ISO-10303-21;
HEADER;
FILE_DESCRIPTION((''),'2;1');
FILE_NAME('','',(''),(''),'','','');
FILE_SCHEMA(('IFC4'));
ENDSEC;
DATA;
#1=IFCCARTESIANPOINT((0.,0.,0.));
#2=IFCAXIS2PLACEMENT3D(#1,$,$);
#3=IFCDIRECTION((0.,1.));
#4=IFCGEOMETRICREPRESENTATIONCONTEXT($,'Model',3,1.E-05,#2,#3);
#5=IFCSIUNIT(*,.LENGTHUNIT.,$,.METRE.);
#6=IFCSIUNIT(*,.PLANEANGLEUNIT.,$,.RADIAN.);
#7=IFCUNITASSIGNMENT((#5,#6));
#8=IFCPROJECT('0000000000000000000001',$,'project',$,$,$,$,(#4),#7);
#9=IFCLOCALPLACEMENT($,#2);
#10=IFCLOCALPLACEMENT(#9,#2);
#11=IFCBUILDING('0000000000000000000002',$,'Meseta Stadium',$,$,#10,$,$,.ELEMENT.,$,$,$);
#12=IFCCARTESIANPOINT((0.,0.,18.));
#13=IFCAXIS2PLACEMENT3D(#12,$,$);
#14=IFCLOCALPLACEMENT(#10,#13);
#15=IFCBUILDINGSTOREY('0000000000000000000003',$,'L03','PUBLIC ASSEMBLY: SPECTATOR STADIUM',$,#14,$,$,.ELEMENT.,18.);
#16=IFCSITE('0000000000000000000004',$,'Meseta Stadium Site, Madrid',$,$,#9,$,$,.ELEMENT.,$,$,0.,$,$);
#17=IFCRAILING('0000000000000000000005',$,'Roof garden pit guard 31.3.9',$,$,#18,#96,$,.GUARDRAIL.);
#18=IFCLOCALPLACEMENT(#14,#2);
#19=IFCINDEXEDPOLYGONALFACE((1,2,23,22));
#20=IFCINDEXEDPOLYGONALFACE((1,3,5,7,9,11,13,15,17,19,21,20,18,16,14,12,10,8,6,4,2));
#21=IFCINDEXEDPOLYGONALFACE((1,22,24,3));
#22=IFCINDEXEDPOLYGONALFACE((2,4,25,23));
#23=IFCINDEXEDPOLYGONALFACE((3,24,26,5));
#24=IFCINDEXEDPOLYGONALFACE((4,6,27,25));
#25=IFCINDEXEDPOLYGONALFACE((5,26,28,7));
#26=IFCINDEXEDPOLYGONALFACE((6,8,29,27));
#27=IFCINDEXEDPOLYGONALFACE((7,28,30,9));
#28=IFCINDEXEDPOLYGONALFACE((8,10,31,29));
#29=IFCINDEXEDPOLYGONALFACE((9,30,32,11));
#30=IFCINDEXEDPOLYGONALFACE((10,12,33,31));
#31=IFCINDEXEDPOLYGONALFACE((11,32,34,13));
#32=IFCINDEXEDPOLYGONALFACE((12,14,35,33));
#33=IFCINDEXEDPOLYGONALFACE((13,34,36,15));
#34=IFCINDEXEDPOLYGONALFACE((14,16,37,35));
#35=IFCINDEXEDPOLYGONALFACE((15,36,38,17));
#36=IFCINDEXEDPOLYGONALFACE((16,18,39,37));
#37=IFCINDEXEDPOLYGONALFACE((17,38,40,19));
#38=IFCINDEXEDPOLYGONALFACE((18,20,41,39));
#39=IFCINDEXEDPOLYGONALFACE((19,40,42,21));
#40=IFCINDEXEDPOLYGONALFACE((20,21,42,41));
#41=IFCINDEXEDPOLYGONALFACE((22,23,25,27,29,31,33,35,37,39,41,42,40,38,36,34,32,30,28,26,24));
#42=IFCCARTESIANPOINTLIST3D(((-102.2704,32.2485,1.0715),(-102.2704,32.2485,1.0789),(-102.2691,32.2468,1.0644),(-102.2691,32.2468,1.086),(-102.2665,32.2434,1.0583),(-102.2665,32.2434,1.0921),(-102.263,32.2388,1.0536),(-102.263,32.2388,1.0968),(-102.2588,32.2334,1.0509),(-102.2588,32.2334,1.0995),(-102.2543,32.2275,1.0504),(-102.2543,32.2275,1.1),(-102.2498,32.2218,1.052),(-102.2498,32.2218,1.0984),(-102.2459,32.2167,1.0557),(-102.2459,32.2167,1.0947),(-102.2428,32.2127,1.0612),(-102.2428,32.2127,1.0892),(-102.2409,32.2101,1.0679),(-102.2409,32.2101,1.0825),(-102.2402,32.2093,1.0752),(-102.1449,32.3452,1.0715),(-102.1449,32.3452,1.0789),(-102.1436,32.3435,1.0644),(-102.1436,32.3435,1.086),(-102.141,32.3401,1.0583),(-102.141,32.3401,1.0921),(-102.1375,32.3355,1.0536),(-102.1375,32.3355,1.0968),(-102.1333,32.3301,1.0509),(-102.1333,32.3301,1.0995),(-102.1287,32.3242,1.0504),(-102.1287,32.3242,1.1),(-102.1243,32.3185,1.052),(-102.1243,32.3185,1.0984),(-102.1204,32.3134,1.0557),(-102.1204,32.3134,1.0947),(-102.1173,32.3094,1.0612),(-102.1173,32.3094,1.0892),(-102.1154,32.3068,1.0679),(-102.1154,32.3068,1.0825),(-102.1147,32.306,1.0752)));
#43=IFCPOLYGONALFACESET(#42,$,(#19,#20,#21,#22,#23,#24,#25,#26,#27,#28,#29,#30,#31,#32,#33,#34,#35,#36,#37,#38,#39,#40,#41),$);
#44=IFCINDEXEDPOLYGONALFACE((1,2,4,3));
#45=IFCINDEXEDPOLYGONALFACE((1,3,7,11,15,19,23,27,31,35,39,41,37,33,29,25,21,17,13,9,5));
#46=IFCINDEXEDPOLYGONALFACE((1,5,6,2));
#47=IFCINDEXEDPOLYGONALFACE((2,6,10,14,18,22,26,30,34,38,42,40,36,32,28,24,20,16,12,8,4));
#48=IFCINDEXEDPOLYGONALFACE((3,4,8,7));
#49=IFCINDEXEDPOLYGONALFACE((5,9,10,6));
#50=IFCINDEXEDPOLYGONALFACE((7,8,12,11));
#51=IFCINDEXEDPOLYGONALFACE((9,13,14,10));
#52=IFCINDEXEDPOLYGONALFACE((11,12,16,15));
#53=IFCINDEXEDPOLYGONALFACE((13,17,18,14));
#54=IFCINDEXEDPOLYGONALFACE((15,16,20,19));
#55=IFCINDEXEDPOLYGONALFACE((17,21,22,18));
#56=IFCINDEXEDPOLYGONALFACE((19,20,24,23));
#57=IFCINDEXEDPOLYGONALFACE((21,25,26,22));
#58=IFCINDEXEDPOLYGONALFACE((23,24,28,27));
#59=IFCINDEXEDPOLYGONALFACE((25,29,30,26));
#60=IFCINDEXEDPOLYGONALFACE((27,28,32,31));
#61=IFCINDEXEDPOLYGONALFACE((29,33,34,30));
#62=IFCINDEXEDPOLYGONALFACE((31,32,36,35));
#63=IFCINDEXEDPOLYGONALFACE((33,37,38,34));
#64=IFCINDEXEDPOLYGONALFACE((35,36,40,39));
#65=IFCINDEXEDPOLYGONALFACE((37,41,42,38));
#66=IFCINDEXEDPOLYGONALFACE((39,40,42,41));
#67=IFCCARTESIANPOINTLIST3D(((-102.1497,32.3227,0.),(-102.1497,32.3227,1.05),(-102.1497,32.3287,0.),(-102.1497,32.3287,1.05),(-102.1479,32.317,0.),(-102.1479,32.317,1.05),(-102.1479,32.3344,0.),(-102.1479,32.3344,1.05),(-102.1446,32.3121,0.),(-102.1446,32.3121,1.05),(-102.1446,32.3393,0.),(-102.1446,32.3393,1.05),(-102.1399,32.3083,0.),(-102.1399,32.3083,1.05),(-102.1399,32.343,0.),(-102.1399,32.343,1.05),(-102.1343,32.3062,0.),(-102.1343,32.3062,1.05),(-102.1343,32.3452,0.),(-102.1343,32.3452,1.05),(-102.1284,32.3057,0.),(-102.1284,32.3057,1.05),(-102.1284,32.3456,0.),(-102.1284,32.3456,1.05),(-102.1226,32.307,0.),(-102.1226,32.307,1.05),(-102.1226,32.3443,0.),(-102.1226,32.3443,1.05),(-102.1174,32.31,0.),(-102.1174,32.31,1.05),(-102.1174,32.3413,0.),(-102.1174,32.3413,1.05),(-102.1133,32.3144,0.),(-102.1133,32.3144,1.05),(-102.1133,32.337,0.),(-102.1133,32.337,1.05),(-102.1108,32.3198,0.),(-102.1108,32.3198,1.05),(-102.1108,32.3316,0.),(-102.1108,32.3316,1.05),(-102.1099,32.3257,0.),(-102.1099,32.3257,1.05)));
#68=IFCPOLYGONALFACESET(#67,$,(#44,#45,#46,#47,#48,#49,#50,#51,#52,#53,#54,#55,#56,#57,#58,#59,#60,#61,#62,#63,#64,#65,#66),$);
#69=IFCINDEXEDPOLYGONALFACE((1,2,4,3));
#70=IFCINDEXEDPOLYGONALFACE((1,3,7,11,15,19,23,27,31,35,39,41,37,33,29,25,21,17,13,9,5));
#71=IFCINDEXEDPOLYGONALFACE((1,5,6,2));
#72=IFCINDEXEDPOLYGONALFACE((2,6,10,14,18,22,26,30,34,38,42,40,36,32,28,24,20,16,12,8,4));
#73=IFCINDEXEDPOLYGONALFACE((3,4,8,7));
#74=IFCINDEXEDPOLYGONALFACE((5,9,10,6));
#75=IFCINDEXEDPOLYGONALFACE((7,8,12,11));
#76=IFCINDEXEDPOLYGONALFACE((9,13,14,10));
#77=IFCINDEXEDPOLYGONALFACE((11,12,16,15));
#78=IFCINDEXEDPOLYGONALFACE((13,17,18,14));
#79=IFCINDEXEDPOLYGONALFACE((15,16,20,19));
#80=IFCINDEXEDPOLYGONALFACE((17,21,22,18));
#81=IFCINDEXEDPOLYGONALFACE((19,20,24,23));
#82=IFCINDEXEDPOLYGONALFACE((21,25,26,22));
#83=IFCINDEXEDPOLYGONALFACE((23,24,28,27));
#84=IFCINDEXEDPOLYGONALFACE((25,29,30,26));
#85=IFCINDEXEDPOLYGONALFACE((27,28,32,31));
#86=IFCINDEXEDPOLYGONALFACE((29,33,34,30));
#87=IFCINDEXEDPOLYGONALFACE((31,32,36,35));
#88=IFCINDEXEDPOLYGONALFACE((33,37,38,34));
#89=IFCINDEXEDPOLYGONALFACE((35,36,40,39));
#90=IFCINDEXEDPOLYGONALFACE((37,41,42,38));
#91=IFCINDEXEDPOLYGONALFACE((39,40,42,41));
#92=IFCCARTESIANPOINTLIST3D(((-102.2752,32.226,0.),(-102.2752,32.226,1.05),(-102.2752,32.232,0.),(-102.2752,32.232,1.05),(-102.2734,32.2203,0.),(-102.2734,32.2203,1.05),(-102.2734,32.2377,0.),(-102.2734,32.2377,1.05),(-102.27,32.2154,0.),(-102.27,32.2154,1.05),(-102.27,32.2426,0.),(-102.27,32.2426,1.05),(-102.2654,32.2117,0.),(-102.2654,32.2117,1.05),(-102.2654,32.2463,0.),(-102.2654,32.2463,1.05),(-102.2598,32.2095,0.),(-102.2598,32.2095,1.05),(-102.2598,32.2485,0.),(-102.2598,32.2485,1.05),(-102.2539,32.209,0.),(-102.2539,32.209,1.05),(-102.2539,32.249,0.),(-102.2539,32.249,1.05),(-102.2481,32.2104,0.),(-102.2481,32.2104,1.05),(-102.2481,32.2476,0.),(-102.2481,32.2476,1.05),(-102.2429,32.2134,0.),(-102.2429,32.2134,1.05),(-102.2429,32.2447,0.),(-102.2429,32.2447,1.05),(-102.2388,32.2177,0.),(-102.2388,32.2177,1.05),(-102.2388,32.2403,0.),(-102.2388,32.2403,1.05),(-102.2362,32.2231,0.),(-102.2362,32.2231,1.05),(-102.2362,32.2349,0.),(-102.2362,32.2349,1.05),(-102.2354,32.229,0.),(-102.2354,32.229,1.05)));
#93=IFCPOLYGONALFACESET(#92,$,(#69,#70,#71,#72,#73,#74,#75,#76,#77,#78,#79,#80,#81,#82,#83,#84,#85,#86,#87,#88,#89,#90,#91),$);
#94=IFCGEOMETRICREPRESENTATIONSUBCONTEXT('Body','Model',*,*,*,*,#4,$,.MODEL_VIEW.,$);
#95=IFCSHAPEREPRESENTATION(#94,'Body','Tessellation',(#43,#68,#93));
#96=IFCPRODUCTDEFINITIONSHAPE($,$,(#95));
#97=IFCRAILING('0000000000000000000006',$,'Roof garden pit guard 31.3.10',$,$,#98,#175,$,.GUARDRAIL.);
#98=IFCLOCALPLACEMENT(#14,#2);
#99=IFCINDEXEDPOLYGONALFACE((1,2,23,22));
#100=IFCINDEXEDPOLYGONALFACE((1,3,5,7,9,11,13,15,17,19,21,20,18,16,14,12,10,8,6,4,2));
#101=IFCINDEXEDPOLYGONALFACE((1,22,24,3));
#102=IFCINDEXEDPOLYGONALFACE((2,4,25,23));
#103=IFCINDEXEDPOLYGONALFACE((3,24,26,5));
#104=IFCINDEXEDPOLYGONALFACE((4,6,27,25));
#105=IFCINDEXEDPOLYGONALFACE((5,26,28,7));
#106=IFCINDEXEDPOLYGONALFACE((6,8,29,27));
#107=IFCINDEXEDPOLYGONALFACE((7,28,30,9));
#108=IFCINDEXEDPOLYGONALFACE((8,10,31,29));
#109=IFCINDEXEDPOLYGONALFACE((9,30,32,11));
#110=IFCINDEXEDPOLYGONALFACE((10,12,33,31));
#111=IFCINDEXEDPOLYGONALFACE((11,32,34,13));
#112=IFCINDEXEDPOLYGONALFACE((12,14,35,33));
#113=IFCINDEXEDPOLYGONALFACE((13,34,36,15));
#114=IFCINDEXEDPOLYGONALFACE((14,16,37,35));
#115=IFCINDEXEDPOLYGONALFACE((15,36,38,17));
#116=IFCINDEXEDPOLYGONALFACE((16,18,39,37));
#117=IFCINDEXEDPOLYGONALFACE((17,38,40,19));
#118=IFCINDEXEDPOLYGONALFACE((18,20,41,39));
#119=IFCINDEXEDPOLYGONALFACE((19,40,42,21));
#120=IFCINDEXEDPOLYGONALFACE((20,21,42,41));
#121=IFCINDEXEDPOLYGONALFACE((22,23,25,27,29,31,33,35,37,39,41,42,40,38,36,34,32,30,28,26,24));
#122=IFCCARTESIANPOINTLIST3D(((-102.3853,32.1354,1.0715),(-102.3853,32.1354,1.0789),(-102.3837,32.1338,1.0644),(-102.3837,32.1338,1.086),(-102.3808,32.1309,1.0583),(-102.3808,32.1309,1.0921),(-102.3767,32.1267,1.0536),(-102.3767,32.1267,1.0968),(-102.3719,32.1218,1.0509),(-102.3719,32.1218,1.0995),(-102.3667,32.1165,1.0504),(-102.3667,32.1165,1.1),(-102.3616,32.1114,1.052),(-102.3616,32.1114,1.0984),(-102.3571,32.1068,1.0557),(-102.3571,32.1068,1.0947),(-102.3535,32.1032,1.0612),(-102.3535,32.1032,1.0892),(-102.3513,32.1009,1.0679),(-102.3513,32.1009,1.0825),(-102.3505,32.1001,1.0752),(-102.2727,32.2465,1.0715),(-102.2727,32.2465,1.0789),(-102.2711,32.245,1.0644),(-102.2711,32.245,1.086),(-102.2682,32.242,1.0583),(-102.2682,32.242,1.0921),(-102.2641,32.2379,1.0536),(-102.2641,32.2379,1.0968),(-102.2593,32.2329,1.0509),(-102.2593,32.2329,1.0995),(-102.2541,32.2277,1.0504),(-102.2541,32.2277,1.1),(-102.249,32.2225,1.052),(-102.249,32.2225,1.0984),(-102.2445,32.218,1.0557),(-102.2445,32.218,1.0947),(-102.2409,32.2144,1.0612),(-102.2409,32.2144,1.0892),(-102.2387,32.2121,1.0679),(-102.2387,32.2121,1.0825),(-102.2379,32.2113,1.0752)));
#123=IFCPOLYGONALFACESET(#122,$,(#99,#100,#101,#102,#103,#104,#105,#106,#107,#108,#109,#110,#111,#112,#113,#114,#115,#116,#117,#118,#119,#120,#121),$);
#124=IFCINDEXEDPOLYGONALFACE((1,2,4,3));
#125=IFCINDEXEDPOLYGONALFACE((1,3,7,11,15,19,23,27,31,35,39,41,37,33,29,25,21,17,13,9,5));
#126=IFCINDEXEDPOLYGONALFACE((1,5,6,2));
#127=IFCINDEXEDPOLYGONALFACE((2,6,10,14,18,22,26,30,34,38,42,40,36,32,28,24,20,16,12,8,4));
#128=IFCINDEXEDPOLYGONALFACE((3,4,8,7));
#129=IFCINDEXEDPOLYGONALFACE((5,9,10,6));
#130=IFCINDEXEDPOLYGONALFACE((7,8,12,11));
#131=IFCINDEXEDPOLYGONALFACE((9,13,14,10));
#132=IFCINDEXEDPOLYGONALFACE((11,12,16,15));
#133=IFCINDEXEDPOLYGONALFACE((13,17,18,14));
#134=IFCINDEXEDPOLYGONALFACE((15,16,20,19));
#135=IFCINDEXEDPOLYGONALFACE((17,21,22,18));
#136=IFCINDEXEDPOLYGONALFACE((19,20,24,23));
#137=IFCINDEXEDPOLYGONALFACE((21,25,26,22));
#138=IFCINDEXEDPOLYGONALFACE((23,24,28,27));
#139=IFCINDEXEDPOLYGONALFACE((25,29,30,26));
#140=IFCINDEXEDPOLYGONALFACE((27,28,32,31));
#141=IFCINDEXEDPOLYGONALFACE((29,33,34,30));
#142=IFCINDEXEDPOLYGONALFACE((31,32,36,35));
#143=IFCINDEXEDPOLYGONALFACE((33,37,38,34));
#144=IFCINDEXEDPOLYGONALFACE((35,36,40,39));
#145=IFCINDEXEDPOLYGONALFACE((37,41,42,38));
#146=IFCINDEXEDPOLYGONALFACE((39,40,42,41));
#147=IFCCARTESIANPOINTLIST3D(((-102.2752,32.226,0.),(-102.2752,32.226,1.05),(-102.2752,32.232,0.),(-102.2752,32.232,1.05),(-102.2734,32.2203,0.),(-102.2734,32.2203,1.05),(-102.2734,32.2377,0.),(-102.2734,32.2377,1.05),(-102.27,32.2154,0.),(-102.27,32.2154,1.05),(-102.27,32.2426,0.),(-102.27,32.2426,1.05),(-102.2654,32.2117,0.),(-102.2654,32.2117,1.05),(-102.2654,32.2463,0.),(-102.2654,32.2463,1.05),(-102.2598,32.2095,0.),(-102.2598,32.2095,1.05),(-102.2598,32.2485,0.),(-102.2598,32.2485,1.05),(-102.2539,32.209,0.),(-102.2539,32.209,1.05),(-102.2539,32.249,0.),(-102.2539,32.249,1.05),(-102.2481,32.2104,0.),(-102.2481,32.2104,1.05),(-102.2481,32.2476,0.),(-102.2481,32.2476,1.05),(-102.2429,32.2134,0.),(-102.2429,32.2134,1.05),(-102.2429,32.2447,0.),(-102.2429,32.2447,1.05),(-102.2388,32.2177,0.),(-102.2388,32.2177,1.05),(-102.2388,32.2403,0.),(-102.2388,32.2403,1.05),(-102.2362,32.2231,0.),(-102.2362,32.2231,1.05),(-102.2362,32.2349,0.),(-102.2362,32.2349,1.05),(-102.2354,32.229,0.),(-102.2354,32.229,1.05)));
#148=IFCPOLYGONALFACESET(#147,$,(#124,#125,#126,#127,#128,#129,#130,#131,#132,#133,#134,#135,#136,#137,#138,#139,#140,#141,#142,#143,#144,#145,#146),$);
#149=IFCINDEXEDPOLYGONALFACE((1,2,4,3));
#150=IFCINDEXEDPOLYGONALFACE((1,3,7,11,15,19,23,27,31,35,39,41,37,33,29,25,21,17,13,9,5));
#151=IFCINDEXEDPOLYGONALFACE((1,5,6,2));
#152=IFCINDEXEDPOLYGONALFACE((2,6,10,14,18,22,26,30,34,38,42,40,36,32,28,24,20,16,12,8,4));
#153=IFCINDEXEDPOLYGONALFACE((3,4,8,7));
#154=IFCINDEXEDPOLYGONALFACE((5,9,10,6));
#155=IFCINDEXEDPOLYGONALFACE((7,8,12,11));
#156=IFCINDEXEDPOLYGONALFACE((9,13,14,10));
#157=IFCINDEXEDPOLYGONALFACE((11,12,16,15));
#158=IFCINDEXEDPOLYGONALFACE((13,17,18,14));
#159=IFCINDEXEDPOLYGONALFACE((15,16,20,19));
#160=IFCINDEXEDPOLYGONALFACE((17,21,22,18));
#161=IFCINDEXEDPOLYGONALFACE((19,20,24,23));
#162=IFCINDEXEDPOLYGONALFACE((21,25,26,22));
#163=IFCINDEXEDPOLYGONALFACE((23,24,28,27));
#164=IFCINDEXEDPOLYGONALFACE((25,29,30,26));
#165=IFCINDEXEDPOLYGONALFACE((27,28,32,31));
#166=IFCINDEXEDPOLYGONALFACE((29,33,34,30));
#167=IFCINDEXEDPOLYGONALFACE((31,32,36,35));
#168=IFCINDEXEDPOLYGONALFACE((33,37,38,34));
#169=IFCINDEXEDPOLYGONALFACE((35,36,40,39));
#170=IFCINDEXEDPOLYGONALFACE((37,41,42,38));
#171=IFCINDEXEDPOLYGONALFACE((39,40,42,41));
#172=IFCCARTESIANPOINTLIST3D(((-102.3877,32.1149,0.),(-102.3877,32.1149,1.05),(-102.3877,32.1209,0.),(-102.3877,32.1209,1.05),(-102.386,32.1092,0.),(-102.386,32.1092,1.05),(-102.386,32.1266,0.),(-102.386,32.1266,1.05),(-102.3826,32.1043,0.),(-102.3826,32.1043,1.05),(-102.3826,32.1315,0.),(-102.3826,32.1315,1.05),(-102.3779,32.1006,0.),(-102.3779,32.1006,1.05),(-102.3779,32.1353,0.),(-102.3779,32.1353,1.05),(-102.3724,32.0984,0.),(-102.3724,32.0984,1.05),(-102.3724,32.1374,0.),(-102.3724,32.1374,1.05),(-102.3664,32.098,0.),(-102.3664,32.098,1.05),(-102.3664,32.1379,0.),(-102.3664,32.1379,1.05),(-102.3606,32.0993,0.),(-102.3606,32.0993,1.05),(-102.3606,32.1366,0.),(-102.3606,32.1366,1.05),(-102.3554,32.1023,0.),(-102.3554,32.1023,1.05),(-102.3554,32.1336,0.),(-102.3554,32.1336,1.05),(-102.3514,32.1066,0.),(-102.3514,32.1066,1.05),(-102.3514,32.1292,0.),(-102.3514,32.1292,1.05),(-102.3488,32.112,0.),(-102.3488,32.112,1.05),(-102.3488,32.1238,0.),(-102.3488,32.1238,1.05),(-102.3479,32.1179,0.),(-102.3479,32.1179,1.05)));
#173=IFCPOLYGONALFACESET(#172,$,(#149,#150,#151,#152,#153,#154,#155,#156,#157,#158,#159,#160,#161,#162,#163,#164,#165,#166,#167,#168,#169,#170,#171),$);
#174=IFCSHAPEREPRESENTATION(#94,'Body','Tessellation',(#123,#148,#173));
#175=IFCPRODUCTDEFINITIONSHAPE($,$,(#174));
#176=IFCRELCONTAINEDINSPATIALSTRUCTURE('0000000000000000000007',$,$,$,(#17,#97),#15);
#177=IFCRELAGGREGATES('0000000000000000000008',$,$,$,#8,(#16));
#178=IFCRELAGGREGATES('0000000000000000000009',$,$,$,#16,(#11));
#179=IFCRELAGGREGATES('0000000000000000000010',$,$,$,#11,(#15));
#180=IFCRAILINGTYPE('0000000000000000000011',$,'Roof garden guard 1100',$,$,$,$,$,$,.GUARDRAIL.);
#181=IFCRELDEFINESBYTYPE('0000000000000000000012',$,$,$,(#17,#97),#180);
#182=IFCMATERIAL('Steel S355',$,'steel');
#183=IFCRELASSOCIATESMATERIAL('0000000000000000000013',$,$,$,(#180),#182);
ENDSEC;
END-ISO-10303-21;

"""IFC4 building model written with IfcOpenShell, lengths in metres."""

from ifc_helpers import new_model, si_unit, direction, frame, origin, origin_2d, place, context, subcontext, project, spatial, circle, extrude, material, type_object, element, save


model = new_model("IFC4")

# Units and contexts
model_context = context("Model", 3, precision=1e-05, world=origin(), true_north=direction((0.0, 1.0)))
body_context = subcontext(model_context, "Body", "Model", "MODEL_VIEW")
ifc_project = project(units=[si_unit("LENGTHUNIT", "METRE"), si_unit("PLANEANGLEUNIT", "RADIAN")], contexts=[model_context])

# Site, building, storey
site_placement = place(None, origin())
site = spatial("IfcSite", under=ifc_project, at=site_placement, Name="Meseta Stadium Site, Madrid", CompositionType="ELEMENT", RefElevation=0.0)
building_placement = place(site_placement, origin())
building = spatial("IfcBuilding", under=site, at=building_placement, Name="Meseta Stadium", CompositionType="ELEMENT")
storey_placement = place(building_placement, frame((0.0, 0.0, 18.0)))
storey = spatial("IfcBuildingStorey", under=building, at=storey_placement, Name="L03", Description="PUBLIC ASSEMBLY: SPECTATOR STADIUM", CompositionType="ELEMENT", Elevation=18.0)

# Railings
ifc_material_1 = material(Name="Steel S355", Category="steel")
railing_type = type_object("IfcRailingType", Name="Roof garden guard 1100", PredefinedType="GUARDRAIL", material=ifc_material_1)
railing_1_placement = place(storey_placement, frame((-102.1299, 32.3257, 0.0)))
element("IfcRailing", 1, at=railing_1_placement, inside=storey, type_object=railing_type, Name="Roof garden pit guard 31.3.9", PredefinedType="GUARDRAIL", context=body_context, shape_type="SweptSolid", body=[
    extrude(circle(Radius=0.0249, at=origin_2d()), frame((0.0, 0.0, 1.0752), z_axis=(-0.792165, -0.610306, 0.0), x_axis=(0.610306, -0.792165, 0.0)), (0.0, 0.0, 1.0), 0.1584),
    extrude(circle(Radius=0.02, at=origin_2d()), origin(), (0.0, 0.0, 1.0), 1.05),
    extrude(circle(Radius=0.02, at=origin_2d()), frame((-0.1255, -0.0967, 0.0)), (0.0, 0.0, 1.0), 1.05),
])
railing_2_placement = place(storey_placement, frame((-102.2554, 32.229, 0.0)))
element("IfcRailing", 2, at=railing_2_placement, inside=storey, type_object=railing_type, Name="Roof garden pit guard 31.3.10", PredefinedType="GUARDRAIL", context=body_context, shape_type="SweptSolid", body=[
    extrude(circle(Radius=0.0249, at=origin_2d()), frame((0.0, 0.0, 1.0752), z_axis=(-0.711723, -0.70246, 0.0), x_axis=(0.70246, -0.711723, 0.0)), (0.0, 0.0, 1.0), 0.1582),
    extrude(circle(Radius=0.02, at=origin_2d()), origin(), (0.0, 0.0, 1.0), 1.05),
    extrude(circle(Radius=0.02, at=origin_2d()), frame((-0.1125, -0.1111, 0.0)), (0.0, 0.0, 1.0), 1.05),
])

save(model, "model.ifc")
